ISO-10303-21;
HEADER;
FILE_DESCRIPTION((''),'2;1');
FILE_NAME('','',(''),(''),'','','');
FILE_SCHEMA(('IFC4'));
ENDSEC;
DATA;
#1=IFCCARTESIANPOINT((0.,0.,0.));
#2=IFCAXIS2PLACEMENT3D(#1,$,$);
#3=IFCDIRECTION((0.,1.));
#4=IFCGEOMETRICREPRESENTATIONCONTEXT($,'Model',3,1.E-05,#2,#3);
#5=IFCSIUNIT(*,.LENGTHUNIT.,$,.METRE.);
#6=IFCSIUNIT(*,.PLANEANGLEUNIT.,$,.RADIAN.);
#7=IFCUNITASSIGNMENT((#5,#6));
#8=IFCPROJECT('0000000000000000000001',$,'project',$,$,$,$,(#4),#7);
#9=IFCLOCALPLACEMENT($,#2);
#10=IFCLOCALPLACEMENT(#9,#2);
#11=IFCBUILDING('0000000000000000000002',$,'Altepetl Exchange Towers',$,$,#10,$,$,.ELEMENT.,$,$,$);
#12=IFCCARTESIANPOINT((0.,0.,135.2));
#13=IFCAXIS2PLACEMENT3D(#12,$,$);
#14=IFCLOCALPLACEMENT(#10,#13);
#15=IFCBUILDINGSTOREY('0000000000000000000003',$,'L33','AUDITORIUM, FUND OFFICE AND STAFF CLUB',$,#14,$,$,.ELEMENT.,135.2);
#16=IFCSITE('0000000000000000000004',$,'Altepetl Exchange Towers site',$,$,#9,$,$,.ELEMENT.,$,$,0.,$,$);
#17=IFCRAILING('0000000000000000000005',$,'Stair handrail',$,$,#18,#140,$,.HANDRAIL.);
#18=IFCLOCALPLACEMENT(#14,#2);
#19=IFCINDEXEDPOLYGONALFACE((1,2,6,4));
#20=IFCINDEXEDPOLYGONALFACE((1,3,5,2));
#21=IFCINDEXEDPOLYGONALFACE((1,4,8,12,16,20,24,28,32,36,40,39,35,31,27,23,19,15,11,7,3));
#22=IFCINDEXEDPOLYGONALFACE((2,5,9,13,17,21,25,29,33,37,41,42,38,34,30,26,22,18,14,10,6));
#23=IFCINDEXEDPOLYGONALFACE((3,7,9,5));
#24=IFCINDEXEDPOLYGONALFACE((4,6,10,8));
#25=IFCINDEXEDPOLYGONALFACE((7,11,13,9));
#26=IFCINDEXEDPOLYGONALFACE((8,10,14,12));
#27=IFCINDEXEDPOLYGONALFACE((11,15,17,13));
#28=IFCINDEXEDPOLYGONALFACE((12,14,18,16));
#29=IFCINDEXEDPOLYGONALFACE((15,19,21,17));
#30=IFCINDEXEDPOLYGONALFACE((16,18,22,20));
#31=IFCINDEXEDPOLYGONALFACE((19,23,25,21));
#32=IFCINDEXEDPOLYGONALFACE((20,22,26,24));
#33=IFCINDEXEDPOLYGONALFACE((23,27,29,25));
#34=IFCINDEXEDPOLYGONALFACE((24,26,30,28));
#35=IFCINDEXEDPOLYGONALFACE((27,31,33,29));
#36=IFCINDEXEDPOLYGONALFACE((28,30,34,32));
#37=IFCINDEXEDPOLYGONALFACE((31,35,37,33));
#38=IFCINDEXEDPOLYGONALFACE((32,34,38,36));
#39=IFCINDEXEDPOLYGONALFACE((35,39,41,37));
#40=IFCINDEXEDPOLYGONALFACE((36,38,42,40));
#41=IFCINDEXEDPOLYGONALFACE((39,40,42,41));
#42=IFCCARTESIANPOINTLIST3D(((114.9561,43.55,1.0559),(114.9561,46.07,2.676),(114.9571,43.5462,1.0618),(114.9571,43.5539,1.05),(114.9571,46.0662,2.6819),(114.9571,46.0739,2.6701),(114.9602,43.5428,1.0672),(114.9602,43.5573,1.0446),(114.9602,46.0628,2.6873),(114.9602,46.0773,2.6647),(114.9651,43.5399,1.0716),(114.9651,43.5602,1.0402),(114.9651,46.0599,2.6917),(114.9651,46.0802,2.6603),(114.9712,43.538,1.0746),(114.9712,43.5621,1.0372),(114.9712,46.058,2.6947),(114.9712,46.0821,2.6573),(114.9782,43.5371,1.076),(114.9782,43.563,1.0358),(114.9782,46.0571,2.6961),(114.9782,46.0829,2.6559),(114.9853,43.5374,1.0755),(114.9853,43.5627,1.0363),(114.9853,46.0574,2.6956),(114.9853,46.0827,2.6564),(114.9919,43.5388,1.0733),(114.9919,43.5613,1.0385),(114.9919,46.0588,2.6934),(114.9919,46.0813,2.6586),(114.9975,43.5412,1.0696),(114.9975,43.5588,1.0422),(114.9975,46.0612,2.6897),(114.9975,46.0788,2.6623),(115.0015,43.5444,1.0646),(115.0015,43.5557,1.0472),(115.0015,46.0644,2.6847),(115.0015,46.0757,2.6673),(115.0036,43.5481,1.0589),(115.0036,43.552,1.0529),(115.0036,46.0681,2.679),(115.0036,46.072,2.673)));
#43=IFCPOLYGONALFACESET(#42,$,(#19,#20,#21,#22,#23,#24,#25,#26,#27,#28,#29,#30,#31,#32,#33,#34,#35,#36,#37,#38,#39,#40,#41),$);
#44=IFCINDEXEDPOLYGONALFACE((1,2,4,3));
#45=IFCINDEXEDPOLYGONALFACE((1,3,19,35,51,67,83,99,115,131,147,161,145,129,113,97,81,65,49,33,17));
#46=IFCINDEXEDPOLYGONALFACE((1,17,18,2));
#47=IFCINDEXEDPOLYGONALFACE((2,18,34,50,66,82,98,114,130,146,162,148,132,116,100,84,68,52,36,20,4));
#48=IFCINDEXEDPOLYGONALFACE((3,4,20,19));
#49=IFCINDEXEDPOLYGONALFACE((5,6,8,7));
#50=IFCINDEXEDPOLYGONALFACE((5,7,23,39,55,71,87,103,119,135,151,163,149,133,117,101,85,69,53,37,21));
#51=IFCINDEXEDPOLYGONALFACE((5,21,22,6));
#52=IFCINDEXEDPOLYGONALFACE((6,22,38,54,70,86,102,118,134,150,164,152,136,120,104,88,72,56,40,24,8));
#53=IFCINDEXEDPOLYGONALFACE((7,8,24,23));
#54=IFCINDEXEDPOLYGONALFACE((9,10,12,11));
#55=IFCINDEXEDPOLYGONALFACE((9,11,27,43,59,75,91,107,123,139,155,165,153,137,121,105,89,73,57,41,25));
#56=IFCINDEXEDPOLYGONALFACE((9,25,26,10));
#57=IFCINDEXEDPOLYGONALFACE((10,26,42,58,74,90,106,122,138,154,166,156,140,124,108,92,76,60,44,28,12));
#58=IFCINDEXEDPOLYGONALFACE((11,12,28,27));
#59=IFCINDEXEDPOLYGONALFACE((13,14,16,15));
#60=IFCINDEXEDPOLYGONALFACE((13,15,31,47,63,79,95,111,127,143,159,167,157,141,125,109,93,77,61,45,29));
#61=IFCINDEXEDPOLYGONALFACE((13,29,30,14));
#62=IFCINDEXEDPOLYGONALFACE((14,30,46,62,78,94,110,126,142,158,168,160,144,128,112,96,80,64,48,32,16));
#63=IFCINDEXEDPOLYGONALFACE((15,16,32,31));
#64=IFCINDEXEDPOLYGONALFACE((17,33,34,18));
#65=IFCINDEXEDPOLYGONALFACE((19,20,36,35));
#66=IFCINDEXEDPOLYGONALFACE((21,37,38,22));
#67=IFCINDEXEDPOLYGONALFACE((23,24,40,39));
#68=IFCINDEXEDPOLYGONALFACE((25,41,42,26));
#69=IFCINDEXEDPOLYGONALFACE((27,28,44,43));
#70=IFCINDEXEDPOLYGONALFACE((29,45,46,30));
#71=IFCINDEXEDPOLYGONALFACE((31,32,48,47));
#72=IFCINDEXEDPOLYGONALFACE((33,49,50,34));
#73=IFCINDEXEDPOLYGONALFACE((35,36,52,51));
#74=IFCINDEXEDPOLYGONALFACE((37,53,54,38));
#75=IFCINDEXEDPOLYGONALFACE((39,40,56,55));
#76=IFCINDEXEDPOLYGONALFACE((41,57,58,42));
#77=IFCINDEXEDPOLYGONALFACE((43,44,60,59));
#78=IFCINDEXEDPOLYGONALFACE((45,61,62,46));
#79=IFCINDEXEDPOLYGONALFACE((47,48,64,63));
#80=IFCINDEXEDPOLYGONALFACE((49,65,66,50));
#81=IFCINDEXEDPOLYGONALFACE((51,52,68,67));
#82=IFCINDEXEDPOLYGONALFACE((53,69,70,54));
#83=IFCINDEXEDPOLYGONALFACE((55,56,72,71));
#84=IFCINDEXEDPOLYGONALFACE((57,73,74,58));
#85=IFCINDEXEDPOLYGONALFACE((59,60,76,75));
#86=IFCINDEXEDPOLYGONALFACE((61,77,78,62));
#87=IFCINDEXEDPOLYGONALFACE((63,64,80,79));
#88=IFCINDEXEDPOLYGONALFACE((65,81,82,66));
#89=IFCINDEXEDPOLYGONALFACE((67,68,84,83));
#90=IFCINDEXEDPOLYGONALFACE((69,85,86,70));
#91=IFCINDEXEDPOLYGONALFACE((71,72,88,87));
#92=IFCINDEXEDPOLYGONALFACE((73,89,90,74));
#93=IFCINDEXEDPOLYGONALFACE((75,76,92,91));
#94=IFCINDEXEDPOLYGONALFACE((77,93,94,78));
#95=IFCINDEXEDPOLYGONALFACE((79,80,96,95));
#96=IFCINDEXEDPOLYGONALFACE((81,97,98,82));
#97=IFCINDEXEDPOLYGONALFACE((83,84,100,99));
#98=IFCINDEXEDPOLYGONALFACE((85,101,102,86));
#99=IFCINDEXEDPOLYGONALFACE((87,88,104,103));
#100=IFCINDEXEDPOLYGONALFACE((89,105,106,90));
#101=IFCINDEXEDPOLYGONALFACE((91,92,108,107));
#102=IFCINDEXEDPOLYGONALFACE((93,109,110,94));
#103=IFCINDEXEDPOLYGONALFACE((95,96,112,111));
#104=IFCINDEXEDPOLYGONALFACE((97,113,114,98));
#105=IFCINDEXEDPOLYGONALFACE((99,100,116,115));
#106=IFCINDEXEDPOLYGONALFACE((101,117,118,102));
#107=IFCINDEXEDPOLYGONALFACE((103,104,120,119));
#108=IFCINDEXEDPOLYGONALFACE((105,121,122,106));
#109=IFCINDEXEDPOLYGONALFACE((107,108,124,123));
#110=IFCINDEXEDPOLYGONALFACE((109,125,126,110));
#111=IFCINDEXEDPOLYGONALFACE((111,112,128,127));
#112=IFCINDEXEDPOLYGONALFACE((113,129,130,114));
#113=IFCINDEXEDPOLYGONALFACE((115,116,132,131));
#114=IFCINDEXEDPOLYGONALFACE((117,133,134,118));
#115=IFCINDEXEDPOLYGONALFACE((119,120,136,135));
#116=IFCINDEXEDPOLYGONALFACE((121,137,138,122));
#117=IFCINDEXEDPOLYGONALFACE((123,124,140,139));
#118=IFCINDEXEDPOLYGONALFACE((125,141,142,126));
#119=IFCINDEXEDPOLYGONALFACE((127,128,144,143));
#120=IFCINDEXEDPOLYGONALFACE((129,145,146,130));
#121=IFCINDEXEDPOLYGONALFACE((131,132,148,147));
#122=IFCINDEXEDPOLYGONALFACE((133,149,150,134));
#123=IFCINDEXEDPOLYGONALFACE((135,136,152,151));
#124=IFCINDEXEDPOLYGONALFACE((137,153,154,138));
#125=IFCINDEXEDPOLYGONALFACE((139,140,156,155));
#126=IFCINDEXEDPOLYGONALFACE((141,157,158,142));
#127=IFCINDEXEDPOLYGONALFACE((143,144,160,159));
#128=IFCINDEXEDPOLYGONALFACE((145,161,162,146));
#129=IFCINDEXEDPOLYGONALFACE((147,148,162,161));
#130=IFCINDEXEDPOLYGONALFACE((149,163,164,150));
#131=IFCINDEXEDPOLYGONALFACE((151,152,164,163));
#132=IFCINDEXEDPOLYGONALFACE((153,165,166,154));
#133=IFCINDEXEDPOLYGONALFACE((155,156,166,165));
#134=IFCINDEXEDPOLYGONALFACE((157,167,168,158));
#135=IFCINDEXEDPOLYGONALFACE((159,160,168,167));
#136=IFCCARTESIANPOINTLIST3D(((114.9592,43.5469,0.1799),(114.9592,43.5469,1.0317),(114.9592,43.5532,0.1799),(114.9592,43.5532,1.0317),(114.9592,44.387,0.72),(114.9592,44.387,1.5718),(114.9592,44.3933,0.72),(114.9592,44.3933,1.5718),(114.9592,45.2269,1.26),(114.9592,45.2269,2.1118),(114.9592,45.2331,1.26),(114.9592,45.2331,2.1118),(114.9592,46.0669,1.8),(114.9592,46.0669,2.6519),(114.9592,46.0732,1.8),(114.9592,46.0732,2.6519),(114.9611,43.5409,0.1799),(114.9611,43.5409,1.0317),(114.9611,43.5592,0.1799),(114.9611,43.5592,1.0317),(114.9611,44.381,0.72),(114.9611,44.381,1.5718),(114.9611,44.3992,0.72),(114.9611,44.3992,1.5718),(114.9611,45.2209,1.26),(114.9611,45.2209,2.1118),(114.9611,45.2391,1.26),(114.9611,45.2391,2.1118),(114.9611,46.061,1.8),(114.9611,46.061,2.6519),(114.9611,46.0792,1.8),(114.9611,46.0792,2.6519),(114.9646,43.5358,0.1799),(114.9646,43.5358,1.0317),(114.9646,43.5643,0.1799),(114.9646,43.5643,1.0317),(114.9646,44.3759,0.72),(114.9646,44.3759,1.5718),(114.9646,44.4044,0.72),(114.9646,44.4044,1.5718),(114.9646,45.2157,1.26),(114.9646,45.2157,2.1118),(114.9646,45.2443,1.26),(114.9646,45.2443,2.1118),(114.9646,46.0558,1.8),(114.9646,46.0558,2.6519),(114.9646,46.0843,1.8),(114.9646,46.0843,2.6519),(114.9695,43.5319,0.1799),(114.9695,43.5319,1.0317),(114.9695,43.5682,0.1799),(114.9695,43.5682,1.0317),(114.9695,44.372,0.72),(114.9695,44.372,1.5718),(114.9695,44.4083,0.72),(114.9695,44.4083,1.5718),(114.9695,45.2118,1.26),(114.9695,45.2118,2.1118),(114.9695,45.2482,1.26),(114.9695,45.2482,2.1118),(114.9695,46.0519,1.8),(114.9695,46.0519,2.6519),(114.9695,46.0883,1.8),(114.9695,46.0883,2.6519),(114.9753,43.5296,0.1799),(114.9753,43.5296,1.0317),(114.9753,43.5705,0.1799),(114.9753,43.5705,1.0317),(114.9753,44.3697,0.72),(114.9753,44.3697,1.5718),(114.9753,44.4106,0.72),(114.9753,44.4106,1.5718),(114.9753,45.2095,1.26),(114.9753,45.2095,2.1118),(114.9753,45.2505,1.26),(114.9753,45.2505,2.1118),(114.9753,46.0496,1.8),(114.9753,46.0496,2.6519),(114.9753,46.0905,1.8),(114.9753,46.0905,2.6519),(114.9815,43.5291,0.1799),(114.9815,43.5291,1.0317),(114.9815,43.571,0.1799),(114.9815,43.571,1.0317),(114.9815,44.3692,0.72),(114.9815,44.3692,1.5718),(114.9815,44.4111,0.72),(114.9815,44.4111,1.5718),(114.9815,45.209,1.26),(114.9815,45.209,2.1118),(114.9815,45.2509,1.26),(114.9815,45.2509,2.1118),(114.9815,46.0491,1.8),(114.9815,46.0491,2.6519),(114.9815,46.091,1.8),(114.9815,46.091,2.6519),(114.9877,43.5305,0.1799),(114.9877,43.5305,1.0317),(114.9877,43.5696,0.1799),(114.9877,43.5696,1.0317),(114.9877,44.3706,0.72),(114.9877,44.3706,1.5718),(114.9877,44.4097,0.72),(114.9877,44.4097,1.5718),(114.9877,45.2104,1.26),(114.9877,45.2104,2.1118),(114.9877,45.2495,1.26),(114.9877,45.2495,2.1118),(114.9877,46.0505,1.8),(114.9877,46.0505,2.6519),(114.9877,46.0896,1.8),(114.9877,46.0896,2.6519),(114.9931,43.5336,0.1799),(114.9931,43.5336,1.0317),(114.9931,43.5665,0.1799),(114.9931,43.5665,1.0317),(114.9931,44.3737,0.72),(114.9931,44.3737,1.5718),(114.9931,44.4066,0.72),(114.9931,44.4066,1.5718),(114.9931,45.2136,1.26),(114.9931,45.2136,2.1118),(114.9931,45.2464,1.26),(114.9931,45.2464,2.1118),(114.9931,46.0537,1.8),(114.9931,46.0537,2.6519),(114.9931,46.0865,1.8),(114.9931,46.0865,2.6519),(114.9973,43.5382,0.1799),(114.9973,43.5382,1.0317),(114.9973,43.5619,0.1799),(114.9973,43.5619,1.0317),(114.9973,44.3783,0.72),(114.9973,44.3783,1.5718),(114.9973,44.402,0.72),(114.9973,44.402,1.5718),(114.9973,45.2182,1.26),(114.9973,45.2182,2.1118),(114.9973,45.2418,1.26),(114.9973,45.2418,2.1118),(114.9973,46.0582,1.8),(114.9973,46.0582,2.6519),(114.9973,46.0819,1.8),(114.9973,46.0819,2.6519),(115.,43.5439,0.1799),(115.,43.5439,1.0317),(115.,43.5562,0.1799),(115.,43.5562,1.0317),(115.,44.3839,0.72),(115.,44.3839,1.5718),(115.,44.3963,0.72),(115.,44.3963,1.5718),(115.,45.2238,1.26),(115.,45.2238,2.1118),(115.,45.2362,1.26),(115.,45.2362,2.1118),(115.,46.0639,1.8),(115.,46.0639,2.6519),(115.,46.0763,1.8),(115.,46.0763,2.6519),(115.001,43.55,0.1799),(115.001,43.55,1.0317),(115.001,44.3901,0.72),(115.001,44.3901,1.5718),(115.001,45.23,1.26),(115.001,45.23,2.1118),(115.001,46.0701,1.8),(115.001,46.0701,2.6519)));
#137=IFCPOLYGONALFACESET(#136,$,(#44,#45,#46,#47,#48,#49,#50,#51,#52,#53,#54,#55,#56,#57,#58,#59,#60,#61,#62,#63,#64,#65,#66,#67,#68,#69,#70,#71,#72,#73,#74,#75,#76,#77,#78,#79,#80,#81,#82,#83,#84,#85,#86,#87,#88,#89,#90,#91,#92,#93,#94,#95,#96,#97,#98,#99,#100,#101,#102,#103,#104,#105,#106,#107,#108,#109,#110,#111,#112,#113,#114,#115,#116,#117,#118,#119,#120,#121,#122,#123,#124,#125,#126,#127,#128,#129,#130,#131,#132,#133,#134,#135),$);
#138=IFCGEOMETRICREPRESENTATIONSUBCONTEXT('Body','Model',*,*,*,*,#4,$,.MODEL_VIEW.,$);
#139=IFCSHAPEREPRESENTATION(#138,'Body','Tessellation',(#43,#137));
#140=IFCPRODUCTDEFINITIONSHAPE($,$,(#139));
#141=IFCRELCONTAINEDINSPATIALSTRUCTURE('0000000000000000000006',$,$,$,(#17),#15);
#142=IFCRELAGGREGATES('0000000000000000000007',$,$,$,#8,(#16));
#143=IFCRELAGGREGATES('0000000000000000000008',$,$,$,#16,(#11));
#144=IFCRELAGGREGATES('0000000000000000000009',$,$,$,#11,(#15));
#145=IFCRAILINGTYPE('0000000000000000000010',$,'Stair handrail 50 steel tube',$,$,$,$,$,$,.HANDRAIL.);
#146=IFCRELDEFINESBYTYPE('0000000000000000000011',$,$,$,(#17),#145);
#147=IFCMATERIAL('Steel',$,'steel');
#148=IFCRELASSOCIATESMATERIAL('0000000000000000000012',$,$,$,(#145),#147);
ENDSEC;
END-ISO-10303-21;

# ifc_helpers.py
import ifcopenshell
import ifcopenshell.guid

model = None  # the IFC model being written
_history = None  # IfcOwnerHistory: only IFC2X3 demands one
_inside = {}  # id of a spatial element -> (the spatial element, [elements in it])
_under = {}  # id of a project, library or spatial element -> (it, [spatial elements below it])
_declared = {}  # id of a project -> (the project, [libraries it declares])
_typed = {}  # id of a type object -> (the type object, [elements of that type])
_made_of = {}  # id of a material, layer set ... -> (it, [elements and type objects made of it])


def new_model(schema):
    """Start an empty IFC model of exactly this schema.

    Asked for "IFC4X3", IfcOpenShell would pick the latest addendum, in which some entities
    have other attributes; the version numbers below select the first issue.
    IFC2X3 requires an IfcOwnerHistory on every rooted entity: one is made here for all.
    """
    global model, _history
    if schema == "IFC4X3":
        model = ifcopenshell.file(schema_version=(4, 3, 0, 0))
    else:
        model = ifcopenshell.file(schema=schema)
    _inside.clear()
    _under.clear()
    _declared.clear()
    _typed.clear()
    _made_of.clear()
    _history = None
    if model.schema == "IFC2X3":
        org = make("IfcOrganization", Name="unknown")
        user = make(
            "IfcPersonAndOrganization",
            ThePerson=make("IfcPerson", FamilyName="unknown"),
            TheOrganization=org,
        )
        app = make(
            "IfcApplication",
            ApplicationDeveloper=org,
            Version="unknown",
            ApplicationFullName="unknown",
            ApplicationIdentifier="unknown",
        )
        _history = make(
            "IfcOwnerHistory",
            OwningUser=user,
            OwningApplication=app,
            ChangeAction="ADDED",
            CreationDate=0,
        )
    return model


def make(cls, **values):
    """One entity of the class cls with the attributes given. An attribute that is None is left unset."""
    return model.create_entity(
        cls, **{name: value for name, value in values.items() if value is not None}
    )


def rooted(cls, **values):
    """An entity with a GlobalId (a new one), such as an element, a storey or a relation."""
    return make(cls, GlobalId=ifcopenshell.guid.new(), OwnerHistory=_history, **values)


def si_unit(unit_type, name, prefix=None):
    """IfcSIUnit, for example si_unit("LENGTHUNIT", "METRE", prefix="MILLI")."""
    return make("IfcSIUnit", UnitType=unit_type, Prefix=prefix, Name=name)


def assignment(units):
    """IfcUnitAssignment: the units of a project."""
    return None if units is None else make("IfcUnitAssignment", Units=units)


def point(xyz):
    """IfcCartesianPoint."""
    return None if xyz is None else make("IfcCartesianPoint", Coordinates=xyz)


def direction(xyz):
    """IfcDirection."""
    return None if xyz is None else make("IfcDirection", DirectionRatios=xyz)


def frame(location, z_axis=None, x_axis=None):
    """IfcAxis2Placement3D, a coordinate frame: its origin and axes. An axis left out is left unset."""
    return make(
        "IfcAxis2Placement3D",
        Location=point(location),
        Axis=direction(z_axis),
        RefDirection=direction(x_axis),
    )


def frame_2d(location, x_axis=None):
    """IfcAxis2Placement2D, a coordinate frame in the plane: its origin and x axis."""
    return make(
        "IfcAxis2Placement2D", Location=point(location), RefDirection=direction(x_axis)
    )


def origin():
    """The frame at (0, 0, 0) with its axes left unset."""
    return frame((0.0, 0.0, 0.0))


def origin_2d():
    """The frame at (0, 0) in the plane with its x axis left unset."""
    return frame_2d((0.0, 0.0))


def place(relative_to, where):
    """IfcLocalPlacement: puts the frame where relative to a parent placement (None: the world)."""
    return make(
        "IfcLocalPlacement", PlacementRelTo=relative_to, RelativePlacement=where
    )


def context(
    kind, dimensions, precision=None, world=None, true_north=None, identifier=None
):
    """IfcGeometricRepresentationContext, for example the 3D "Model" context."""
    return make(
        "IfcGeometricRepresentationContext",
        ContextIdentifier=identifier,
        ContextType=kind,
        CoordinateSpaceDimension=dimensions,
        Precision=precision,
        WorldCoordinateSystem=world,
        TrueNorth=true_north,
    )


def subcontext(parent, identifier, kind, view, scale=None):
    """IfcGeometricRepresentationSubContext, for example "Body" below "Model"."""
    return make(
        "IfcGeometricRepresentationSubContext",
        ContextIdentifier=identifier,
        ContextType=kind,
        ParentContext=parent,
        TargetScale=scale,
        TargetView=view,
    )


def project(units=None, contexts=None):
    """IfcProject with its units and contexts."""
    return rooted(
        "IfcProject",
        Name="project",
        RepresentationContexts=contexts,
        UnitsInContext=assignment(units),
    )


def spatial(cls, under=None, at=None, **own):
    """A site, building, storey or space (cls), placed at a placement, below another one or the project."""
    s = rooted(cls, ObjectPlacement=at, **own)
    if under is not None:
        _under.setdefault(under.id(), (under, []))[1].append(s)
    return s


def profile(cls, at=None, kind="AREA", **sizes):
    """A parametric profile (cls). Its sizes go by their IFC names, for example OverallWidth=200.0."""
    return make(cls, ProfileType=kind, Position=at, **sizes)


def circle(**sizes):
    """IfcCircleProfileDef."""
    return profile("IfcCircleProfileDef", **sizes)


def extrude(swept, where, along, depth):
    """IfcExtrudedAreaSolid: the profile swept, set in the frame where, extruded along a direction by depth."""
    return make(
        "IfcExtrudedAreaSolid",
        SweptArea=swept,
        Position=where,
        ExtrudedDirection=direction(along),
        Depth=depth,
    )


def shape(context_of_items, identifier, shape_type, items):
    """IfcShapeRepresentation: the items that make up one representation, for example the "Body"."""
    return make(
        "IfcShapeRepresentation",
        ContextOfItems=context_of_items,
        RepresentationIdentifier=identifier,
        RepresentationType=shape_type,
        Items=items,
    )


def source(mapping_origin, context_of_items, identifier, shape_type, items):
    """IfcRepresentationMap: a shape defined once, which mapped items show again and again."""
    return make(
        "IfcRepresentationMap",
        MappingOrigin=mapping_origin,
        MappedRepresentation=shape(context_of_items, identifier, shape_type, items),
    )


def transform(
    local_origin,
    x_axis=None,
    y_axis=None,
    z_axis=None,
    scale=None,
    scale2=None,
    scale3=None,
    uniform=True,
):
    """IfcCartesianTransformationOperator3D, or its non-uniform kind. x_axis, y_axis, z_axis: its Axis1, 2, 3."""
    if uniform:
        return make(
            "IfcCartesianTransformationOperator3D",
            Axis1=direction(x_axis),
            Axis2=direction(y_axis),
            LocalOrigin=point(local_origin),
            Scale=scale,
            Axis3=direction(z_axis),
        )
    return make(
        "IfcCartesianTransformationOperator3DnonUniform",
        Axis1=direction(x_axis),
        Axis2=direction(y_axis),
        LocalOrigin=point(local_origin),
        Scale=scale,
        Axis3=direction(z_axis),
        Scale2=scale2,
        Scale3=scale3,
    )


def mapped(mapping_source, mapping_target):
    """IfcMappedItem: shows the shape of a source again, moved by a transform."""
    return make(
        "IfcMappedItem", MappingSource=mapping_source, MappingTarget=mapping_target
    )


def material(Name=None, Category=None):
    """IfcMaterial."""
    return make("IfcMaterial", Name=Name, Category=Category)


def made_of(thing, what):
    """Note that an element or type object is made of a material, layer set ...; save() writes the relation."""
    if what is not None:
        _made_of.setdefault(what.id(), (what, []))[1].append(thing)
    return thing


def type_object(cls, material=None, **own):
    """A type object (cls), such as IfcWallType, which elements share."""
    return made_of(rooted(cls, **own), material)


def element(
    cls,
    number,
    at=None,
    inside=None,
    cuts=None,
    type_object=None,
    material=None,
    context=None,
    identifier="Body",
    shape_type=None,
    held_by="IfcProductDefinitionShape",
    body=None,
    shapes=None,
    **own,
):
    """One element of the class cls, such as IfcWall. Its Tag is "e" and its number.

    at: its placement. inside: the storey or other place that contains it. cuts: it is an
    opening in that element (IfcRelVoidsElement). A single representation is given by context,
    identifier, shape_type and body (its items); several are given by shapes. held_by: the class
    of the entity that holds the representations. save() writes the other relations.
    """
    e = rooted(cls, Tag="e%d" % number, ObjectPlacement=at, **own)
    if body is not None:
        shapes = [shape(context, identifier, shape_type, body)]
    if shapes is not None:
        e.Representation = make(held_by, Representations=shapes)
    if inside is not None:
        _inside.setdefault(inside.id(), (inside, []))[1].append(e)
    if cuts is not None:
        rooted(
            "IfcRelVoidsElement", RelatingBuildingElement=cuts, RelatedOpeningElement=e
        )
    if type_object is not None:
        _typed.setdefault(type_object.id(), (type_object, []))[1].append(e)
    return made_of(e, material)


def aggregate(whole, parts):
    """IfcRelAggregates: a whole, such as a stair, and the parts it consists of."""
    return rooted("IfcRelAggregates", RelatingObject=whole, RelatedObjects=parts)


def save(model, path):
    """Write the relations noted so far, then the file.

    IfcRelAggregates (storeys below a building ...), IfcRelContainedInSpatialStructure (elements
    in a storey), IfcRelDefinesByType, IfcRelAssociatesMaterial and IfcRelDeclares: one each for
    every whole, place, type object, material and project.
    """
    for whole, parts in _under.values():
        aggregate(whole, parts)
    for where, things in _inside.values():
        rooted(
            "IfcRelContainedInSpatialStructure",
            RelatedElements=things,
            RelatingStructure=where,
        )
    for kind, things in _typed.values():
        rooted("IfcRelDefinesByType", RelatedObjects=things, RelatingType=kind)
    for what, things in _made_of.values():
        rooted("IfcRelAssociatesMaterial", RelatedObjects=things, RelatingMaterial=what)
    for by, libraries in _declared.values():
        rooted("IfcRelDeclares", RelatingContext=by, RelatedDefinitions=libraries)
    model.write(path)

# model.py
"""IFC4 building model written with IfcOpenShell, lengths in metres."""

from ifc_helpers import new_model, si_unit, direction, frame, origin, origin_2d, place, context, subcontext, project, spatial, circle, extrude, source, transform, mapped, material, type_object, element, save


model = new_model("IFC4")

# Units and contexts
model_context = context("Model", 3, precision=1e-05, world=origin(), true_north=direction((0.0, 1.0)))
body_context = subcontext(model_context, "Body", "Model", "MODEL_VIEW")
ifc_project = project(units=[si_unit("LENGTHUNIT", "METRE"), si_unit("PLANEANGLEUNIT", "RADIAN")], contexts=[model_context])

# Site, building, storey
site_placement = place(None, origin())
site = spatial("IfcSite", under=ifc_project, at=site_placement, Name="Altepetl Exchange Towers site", CompositionType="ELEMENT", RefElevation=0.0)
building_placement = place(site_placement, origin())
building = spatial("IfcBuilding", under=site, at=building_placement, Name="Altepetl Exchange Towers", CompositionType="ELEMENT")
storey_placement = place(building_placement, frame((0.0, 0.0, 135.2)))
storey = spatial("IfcBuildingStorey", under=building, at=storey_placement, Name="L33", Description="AUDITORIUM, FUND OFFICE AND STAFF CLUB", CompositionType="ELEMENT", Elevation=135.2)

# Railing
ifc_material_1 = material(Name="Steel", Category="steel")
railing_type = type_object("IfcRailingType", Name="Stair handrail 50 steel tube", PredefinedType="HANDRAIL", material=ifc_material_1)
shared_shape = source(origin(), body_context, "Body", "SweptSolid", [
    extrude(circle(Radius=0.021, at=origin_2d()), origin(), (0.0, 0.0, 1.0), 0.8518),
])
railing_1_placement = place(storey_placement, frame((114.98, 43.55, 0.1799)))
element("IfcRailing", 1, at=railing_1_placement, inside=storey, type_object=railing_type, Name="Stair handrail", PredefinedType="HANDRAIL", context=body_context, shape_type="SweptSolid", body=[
    extrude(circle(Radius=0.0239, at=origin_2d()), frame((0.0, 0.0, 0.876), z_axis=(0.0, 0.841163, 0.540782), x_axis=(-1.0, 0.0, 0.0)), (0.0, 0.0, 1.0), 2.9958),
    mapped(shared_shape, transform((0.0, 0.0, 0.0))),
    mapped(shared_shape, transform((0.0, 0.8401, 0.54))),
    mapped(shared_shape, transform((0.0, 1.6799, 1.0801))),
    mapped(shared_shape, transform((0.0, 2.52, 1.6201))),
])

save(model, "model.ifc")
